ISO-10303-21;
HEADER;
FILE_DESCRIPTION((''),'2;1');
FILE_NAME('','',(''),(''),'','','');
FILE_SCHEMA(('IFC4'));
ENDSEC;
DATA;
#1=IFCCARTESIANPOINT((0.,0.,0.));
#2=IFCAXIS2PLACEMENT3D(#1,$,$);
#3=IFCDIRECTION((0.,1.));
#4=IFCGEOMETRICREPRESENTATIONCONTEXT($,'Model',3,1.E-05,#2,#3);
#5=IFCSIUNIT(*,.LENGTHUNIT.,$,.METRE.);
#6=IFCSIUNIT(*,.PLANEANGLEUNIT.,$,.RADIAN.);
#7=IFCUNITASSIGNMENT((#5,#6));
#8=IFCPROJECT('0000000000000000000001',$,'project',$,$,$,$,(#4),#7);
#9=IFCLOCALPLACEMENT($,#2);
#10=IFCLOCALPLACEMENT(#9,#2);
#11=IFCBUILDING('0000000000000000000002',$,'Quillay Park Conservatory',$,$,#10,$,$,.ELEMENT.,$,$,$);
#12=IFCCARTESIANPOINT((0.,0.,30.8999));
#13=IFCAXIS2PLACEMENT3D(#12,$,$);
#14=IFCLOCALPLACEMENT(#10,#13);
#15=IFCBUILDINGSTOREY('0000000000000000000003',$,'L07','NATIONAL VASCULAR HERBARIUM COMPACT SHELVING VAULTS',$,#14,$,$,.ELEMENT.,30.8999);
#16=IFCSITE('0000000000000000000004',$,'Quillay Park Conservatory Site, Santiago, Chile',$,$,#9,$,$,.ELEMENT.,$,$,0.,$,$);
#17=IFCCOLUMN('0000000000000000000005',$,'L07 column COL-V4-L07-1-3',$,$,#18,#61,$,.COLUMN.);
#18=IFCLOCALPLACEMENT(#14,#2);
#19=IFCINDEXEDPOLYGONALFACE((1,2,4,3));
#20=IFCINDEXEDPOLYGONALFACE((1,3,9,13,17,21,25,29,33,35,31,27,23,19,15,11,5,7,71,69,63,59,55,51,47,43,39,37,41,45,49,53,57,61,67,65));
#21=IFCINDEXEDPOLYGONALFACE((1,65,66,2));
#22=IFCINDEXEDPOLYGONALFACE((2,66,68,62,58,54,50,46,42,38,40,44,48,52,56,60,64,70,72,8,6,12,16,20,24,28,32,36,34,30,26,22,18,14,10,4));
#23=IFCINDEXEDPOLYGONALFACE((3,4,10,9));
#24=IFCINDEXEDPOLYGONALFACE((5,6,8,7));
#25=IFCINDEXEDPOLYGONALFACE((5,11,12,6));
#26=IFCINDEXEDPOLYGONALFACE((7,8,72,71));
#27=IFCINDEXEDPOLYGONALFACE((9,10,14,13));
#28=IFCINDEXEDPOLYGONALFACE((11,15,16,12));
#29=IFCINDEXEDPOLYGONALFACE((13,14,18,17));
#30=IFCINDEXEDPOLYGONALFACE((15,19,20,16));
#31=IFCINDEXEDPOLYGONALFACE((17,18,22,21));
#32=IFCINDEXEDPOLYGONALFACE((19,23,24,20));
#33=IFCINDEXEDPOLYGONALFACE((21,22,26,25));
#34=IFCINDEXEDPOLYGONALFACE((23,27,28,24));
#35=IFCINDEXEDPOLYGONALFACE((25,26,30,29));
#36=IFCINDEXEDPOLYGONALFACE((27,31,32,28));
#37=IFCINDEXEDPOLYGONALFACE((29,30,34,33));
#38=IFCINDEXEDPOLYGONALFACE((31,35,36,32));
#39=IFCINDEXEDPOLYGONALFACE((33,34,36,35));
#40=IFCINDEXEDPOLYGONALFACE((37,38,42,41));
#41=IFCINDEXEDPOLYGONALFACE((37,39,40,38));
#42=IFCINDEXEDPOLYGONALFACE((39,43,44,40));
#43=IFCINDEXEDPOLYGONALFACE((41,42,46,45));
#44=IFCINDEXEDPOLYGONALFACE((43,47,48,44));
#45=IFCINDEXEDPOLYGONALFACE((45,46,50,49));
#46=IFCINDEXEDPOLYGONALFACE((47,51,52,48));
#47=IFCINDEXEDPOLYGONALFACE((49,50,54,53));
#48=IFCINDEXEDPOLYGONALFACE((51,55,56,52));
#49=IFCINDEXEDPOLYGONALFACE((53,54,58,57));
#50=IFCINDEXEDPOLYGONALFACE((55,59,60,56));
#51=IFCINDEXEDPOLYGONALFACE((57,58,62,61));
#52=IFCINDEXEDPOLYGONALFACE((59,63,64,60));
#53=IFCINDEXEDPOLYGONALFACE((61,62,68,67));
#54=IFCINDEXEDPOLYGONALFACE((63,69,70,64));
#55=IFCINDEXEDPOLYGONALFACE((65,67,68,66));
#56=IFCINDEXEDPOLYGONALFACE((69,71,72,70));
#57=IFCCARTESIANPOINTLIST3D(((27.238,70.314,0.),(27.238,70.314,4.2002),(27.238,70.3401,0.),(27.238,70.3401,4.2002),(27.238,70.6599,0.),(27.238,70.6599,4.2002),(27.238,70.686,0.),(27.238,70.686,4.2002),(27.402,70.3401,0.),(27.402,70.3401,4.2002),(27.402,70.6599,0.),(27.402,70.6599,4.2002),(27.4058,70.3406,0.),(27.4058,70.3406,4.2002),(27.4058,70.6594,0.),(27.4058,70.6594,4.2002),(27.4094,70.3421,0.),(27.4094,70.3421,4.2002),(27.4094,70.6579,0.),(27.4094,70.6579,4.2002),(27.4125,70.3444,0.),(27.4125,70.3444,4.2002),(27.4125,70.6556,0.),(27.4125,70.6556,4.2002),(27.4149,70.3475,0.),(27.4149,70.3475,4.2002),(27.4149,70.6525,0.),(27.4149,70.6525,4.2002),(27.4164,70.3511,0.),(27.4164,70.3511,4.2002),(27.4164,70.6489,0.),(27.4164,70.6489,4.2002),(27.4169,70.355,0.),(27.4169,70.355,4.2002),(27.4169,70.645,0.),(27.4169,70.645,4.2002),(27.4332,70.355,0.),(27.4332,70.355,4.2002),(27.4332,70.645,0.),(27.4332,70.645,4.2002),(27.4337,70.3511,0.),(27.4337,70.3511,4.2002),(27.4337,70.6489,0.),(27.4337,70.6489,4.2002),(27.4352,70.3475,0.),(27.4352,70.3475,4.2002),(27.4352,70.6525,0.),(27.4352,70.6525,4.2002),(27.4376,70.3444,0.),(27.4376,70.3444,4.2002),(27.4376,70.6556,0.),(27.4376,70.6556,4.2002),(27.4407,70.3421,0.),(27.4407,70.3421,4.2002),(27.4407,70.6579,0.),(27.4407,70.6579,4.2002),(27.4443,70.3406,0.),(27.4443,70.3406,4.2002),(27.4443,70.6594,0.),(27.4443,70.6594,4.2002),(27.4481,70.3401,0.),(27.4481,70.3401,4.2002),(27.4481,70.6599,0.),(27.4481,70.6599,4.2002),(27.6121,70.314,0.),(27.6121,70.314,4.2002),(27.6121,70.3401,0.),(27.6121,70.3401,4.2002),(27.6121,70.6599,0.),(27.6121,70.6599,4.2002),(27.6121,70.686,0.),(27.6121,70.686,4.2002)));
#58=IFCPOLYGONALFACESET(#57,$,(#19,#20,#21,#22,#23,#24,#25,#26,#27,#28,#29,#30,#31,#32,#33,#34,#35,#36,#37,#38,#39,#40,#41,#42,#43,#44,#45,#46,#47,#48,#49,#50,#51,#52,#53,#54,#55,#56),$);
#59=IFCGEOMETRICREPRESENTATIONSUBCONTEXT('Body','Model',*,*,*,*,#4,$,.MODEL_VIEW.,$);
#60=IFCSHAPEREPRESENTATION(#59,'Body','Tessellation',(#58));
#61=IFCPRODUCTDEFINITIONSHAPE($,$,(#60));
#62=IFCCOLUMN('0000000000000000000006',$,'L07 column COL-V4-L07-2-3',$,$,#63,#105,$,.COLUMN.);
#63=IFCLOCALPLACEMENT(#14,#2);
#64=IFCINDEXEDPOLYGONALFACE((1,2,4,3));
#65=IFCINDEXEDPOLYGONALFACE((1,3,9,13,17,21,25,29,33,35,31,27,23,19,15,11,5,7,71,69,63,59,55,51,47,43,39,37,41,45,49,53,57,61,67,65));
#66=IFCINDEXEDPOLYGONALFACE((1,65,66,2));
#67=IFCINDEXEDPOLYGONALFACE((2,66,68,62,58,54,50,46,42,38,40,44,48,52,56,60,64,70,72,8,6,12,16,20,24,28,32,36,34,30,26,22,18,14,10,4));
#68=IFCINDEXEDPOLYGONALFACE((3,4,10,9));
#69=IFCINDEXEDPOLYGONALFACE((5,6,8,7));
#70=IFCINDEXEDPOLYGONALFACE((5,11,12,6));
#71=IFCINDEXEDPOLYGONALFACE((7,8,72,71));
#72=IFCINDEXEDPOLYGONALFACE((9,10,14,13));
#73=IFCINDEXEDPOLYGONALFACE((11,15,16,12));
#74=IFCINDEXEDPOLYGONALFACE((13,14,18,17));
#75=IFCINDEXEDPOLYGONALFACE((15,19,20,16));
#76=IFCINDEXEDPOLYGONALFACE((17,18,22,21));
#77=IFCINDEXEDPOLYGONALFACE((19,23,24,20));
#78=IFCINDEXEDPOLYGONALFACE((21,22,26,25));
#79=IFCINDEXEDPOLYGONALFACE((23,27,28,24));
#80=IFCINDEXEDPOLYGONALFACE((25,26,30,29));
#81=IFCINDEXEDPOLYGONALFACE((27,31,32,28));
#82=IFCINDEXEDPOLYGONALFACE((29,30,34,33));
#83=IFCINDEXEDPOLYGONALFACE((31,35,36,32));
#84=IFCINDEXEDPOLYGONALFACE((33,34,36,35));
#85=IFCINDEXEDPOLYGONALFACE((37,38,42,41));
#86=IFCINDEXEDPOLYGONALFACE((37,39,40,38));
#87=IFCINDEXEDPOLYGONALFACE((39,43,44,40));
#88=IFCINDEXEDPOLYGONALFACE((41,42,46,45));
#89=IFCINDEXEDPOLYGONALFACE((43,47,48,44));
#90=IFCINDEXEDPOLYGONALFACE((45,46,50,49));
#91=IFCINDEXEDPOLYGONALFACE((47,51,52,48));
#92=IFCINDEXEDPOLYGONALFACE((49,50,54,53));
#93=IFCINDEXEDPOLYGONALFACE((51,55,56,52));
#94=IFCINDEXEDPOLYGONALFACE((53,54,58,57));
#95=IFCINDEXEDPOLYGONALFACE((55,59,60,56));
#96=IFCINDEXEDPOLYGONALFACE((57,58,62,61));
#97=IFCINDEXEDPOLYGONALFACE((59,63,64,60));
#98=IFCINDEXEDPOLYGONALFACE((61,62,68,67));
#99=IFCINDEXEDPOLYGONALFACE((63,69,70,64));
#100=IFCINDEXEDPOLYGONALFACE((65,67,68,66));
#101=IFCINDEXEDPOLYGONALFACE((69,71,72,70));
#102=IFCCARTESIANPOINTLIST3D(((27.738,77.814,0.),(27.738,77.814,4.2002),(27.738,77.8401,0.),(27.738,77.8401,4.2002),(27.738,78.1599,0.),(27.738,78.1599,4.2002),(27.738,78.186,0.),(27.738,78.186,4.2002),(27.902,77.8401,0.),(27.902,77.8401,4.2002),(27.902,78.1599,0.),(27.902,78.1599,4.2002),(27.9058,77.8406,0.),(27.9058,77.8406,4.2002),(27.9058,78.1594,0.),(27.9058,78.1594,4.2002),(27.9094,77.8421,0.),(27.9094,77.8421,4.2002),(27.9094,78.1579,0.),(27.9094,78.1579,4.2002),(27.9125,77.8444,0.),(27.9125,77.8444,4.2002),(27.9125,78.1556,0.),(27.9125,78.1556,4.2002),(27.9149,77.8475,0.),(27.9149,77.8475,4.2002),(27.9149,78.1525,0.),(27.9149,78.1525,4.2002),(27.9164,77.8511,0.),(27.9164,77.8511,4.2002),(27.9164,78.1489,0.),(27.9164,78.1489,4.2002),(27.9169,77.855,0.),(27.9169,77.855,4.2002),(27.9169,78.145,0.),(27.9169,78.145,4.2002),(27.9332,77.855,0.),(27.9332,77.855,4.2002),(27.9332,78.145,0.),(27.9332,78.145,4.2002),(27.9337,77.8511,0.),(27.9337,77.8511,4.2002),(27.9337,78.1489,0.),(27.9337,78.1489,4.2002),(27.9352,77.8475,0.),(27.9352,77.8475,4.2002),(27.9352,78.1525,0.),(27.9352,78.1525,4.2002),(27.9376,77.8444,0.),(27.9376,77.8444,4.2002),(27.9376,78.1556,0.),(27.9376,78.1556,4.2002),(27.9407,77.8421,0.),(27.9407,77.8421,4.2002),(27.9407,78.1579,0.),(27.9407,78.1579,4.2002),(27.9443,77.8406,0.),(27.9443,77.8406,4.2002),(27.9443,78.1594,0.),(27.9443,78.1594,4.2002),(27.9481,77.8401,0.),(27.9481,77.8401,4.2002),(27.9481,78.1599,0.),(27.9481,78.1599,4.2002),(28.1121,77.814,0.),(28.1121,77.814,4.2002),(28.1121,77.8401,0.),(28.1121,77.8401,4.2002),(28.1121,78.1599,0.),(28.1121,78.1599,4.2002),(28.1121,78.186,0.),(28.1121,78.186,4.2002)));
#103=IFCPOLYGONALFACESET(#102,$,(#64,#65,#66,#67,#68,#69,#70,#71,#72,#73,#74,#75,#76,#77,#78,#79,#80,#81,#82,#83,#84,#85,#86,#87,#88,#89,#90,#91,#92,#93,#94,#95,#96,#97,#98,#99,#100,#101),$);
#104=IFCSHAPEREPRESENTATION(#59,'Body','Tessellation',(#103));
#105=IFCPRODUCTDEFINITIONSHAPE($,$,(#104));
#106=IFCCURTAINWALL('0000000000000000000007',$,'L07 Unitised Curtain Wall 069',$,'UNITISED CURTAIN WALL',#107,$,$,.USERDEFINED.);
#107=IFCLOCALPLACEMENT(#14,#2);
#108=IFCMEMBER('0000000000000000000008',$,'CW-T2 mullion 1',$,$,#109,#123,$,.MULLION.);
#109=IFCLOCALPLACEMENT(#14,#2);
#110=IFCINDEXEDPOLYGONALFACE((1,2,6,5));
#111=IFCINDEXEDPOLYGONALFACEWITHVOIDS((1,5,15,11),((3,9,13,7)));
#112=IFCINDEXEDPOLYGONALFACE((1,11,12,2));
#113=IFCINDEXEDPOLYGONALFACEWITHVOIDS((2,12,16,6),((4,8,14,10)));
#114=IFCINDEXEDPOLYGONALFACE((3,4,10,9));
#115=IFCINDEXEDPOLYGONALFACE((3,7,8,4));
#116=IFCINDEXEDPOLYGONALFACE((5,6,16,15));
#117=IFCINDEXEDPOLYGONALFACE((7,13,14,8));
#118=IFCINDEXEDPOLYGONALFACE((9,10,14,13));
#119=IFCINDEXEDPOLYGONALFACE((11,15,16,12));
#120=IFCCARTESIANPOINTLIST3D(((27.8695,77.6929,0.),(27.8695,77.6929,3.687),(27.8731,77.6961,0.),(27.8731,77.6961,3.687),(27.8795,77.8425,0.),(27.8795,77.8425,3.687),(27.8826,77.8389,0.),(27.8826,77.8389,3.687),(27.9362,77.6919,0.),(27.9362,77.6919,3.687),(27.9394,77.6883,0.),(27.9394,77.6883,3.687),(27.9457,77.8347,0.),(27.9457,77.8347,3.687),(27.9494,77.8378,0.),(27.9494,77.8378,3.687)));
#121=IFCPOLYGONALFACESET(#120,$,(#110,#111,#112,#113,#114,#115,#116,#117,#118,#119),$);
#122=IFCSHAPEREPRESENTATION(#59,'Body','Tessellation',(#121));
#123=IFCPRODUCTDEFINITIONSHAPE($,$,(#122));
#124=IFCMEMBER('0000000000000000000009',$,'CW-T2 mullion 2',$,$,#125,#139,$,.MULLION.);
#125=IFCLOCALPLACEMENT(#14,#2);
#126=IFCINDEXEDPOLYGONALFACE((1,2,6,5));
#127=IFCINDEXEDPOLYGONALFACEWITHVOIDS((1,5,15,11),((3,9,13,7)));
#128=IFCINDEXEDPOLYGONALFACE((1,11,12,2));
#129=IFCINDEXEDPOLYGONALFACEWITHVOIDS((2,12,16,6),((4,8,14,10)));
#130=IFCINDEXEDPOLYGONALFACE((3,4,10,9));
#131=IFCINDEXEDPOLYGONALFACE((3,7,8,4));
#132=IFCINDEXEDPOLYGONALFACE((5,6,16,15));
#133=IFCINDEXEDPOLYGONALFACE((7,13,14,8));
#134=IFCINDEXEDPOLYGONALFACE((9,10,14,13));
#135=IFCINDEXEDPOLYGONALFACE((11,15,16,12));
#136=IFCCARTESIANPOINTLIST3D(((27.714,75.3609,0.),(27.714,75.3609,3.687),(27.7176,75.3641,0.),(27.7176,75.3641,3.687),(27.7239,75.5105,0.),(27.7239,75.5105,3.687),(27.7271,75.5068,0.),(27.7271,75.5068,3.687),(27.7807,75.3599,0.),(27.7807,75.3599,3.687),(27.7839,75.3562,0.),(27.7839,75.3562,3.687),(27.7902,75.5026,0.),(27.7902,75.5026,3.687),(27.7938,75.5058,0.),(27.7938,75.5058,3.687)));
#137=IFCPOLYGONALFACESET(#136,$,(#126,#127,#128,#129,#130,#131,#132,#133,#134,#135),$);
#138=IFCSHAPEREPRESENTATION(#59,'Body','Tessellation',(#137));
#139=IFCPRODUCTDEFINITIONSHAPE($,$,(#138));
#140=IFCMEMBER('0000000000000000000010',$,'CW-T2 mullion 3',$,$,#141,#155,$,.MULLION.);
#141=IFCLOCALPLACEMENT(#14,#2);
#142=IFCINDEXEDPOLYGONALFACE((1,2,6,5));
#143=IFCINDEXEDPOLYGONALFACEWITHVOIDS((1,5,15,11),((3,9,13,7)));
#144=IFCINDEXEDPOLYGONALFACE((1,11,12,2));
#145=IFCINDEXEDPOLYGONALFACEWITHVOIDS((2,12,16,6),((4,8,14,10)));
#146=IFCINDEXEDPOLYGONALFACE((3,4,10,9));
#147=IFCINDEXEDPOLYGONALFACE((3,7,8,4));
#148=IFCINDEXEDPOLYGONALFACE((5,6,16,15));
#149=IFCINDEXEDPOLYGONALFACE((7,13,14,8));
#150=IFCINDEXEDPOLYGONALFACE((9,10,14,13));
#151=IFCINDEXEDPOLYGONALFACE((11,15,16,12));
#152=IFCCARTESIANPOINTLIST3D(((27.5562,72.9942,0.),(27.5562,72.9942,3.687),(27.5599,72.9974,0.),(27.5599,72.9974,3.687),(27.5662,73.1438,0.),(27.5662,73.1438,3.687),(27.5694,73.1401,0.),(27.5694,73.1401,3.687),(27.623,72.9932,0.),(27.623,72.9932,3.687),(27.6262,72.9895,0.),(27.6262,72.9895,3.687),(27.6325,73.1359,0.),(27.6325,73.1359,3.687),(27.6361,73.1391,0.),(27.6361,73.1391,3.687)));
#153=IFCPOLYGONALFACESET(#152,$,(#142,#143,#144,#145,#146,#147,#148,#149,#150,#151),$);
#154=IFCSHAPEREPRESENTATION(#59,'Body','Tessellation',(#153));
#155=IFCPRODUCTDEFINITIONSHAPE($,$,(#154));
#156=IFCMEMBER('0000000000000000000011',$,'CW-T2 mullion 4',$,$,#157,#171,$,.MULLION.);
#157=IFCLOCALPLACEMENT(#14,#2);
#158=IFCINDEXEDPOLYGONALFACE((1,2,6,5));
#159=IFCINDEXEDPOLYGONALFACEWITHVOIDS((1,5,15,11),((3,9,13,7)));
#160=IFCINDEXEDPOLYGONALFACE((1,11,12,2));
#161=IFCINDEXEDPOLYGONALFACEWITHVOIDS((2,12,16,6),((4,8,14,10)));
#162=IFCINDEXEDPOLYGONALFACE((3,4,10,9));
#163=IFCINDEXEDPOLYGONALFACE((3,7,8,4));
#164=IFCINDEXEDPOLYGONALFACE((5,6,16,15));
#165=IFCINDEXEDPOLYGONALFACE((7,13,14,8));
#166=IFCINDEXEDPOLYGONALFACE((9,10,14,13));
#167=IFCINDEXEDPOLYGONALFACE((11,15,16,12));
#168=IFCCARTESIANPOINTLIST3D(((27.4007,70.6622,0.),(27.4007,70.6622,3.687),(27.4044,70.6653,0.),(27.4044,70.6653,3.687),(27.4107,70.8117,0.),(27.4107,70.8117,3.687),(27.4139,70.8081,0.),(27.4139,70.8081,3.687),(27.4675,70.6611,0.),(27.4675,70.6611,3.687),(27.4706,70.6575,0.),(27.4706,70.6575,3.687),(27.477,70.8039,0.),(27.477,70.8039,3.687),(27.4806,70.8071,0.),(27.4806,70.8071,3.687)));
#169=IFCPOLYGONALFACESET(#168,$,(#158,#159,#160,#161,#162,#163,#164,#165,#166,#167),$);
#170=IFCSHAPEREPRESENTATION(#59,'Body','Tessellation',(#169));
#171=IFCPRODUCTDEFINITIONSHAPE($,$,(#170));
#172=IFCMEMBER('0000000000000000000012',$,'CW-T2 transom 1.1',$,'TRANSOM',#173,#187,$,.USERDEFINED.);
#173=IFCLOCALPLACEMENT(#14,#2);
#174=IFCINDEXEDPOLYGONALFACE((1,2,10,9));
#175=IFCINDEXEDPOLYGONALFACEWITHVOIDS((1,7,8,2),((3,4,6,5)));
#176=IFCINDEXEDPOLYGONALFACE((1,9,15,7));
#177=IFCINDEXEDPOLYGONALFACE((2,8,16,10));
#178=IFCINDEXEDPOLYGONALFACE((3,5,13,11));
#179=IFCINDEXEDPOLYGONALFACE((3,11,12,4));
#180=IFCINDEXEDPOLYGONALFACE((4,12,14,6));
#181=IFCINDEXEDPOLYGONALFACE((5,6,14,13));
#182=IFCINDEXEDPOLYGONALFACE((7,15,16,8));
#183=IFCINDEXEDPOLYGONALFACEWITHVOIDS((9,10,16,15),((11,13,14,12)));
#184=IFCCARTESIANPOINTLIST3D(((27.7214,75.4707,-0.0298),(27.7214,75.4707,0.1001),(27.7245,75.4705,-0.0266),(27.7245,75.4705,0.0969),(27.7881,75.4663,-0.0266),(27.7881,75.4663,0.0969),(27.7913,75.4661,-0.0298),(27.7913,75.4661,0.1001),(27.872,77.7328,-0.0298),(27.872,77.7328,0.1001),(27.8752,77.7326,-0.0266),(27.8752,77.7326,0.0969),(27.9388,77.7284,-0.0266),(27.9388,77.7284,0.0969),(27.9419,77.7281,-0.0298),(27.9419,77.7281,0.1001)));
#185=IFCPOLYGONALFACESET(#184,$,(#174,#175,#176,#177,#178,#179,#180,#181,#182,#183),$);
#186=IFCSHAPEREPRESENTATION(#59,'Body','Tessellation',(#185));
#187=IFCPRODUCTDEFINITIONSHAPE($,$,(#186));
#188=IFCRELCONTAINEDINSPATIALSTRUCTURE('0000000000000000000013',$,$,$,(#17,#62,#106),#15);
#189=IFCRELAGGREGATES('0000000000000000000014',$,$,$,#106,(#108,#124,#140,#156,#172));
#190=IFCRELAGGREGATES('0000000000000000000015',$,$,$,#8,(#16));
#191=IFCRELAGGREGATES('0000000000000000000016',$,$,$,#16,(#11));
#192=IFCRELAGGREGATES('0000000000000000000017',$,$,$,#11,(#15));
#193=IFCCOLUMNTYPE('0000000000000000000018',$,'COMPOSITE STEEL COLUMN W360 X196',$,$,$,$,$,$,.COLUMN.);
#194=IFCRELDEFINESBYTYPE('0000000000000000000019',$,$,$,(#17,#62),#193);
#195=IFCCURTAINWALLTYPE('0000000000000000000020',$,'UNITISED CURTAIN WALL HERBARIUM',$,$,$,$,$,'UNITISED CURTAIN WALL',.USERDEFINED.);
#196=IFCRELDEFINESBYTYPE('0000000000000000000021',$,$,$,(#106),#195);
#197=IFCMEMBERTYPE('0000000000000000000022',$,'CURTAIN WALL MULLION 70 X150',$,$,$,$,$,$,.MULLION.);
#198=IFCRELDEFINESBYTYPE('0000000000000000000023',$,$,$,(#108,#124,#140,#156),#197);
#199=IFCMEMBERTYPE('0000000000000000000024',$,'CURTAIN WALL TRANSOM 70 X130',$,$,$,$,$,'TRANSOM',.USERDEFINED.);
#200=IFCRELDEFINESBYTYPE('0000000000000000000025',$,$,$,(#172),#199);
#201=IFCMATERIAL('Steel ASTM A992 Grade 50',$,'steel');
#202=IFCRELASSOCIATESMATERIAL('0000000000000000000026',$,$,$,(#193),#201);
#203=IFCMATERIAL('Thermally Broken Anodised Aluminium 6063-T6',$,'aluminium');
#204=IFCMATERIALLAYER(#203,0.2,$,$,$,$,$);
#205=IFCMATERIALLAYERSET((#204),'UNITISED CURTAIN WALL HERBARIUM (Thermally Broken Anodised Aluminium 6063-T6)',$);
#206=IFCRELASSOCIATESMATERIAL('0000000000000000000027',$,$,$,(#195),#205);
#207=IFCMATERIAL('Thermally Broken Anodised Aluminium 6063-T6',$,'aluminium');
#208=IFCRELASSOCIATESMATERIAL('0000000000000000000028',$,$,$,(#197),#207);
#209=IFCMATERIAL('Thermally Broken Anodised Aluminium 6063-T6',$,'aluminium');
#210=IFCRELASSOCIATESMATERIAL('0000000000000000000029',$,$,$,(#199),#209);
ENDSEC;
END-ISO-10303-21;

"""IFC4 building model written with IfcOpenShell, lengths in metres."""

from ifc_helpers import new_model, si_unit, direction, frame, origin, origin_2d, place, context, subcontext, project, spatial, hollow_rectangle, i_section, extrude, material, layer, layer_set, material_profile, profile_set, type_object, element, aggregate, save


model = new_model("IFC4")

# Units and contexts
model_context = context("Model", 3, precision=1e-05, world=origin(), true_north=direction((0.0, 1.0)))
body_context = subcontext(model_context, "Body", "Model", "MODEL_VIEW")
ifc_project = project(units=[si_unit("LENGTHUNIT", "METRE"), si_unit("PLANEANGLEUNIT", "RADIAN")], contexts=[model_context])

# Site, building, storey
site_placement = place(None, origin())
site = spatial("IfcSite", under=ifc_project, at=site_placement, Name="Quillay Park Conservatory Site, Santiago, Chile", CompositionType="ELEMENT", RefElevation=0.0)
building_placement = place(site_placement, origin())
building = spatial("IfcBuilding", under=site, at=building_placement, Name="Quillay Park Conservatory", CompositionType="ELEMENT")
storey_placement = place(building_placement, frame((0.0, 0.0, 30.8999)))
storey = spatial("IfcBuildingStorey", under=building, at=storey_placement, Name="L07", Description="NATIONAL VASCULAR HERBARIUM COMPACT SHELVING VAULTS", CompositionType="ELEMENT", Elevation=30.8999)

# Columns
ifc_material_1 = material(Name="Steel ASTM A992 Grade 50", Category="steel")
ifc_material_profile_1 = material_profile(ifc_material_1, i_section(OverallWidth=0.374, OverallDepth=0.3721, WebThickness=0.0164, FlangeThickness=0.0261, FilletRadius=0.0149, at=origin_2d()), Name="W360x196")
ifc_profile_set_1 = profile_set([ifc_material_profile_1], Name="Steel ASTM A992 Grade 50")
column_type = type_object("IfcColumnType", Name="COMPOSITE STEEL COLUMN W360 X196", PredefinedType="COLUMN", material=ifc_profile_set_1)
for number, where, z_axis, x_axis, name in (
    (1, (27.425, 70.5, 0.0), (0.0, 0.0, 1.0), (1.0, 0.0, 0.0), "L07 column COL-V4-L07-1-3"),
    (2, (27.925, 78.0, 0.0), (0.0, 0.0, 1.0), (1.0, 0.0, 0.0), "L07 column COL-V4-L07-2-3"),
):
    element("IfcColumn", number, at=place(storey_placement, frame(where, z_axis=z_axis, x_axis=x_axis)), inside=storey, type_object=column_type, Name=name, PredefinedType="COLUMN", context=body_context, shape_type="SweptSolid", body=[
        extrude(i_section(OverallWidth=0.374, OverallDepth=0.3721, WebThickness=0.0164, FlangeThickness=0.0261, FilletRadius=0.0149, at=origin_2d()), origin(), (0.0, 0.0, 1.0), 4.2002),
    ])

# Curtain wall, members
ifc_material_2 = material(Name="Thermally Broken Anodised Aluminium 6063-T6", Category="aluminium")
ifc_layer_1 = layer(ifc_material_2, 0.2)
ifc_layer_set_1 = layer_set([ifc_layer_1], Name="UNITISED CURTAIN WALL HERBARIUM (Thermally Broken Anodised Aluminium 6063-T6)")
curtain_wall_type = type_object("IfcCurtainWallType", Name="UNITISED CURTAIN WALL HERBARIUM", ElementType="UNITISED CURTAIN WALL", PredefinedType="USERDEFINED", material=ifc_layer_set_1)
curtain_wall_placement = place(storey_placement, origin())
curtain_wall = element("IfcCurtainWall", 3, at=curtain_wall_placement, inside=storey, type_object=curtain_wall_type, Name="L07 Unitised Curtain Wall 069", ObjectType="UNITISED CURTAIN WALL", PredefinedType="USERDEFINED")
ifc_material_3 = material(Name="Thermally Broken Anodised Aluminium 6063-T6", Category="aluminium")
ifc_material_profile_2 = material_profile(ifc_material_3, hollow_rectangle(XDim=0.0701, YDim=0.1499, WallThickness=0.0034, at=origin_2d()), Name="AL70x150x3.5")
ifc_profile_set_2 = profile_set([ifc_material_profile_2], Name="Thermally Broken Anodised Aluminium 6063-T6")
member_type_1 = type_object("IfcMemberType", Name="CURTAIN WALL MULLION 70 X150", PredefinedType="MULLION", material=ifc_profile_set_2)
member_1_placement = place(storey_placement, frame((27.9094, 77.7654, 0.0), z_axis=(0.0, 0.0, 1.0), x_axis=(0.997785, -0.066521, 0.0)))
member_1 = element("IfcMember", 4, at=member_1_placement, type_object=member_type_1, Name="CW-T2 mullion 1", PredefinedType="MULLION", context=body_context, shape_type="SweptSolid", body=[
    extrude(hollow_rectangle(XDim=0.0701, YDim=0.1499, WallThickness=0.0034, at=origin_2d()), origin(), (0.0, 0.0, 1.0), 3.687),
])
member_2_placement = place(storey_placement, frame((27.7539, 75.4333, 0.0), z_axis=(0.0, 0.0, 1.0), x_axis=(0.997785, -0.066521, 0.0)))
member_2 = element("IfcMember", 5, at=member_2_placement, type_object=member_type_1, Name="CW-T2 mullion 2", PredefinedType="MULLION", context=body_context, shape_type="SweptSolid", body=[
    extrude(hollow_rectangle(XDim=0.0701, YDim=0.1499, WallThickness=0.0034, at=origin_2d()), origin(), (0.0, 0.0, 1.0), 3.687),
])
member_3_placement = place(storey_placement, frame((27.5962, 73.0667, 0.0), z_axis=(0.0, 0.0, 1.0), x_axis=(0.997785, -0.066521, 0.0)))
member_3 = element("IfcMember", 6, at=member_3_placement, type_object=member_type_1, Name="CW-T2 mullion 3", PredefinedType="MULLION", context=body_context, shape_type="SweptSolid", body=[
    extrude(hollow_rectangle(XDim=0.0701, YDim=0.1499, WallThickness=0.0034, at=origin_2d()), origin(), (0.0, 0.0, 1.0), 3.687),
])
member_4_placement = place(storey_placement, frame((27.4407, 70.7346, 0.0), z_axis=(0.0, 0.0, 1.0), x_axis=(0.997785, -0.066521, 0.0)))
member_4 = element("IfcMember", 7, at=member_4_placement, type_object=member_type_1, Name="CW-T2 mullion 4", PredefinedType="MULLION", context=body_context, shape_type="SweptSolid", body=[
    extrude(hollow_rectangle(XDim=0.0701, YDim=0.1499, WallThickness=0.0034, at=origin_2d()), origin(), (0.0, 0.0, 1.0), 3.687),
])
ifc_material_4 = material(Name="Thermally Broken Anodised Aluminium 6063-T6", Category="aluminium")
ifc_material_profile_3 = material_profile(ifc_material_4, hollow_rectangle(XDim=0.0701, YDim=0.1299, WallThickness=0.0032, at=origin_2d()), Name="AL70x130x3.2")
ifc_profile_set_3 = profile_set([ifc_material_profile_3], Name="Thermally Broken Anodised Aluminium 6063-T6")
member_type_2 = type_object("IfcMemberType", Name="CURTAIN WALL TRANSOM 70 X130", ElementType="TRANSOM", PredefinedType="USERDEFINED", material=ifc_profile_set_3)
member_5_placement = place(storey_placement, frame((27.907, 77.7305, 0.0352), z_axis=(-0.066448, -0.99779, 0.0), x_axis=(0.99779, -0.066448, 0.0)))
member_5 = element("IfcMember", 8, at=member_5_placement, type_object=member_type_2, Name="CW-T2 transom 1.1", ObjectType="TRANSOM", PredefinedType="USERDEFINED", context=body_context, shape_type="SweptSolid", body=[
    extrude(hollow_rectangle(XDim=0.0701, YDim=0.1299, WallThickness=0.0032, at=origin_2d()), origin(), (0.0, 0.0, 1.0), 2.2671),
])

aggregate(curtain_wall, [member_1, member_2, member_3, member_4, member_5])

save(model, "model.ifc")
